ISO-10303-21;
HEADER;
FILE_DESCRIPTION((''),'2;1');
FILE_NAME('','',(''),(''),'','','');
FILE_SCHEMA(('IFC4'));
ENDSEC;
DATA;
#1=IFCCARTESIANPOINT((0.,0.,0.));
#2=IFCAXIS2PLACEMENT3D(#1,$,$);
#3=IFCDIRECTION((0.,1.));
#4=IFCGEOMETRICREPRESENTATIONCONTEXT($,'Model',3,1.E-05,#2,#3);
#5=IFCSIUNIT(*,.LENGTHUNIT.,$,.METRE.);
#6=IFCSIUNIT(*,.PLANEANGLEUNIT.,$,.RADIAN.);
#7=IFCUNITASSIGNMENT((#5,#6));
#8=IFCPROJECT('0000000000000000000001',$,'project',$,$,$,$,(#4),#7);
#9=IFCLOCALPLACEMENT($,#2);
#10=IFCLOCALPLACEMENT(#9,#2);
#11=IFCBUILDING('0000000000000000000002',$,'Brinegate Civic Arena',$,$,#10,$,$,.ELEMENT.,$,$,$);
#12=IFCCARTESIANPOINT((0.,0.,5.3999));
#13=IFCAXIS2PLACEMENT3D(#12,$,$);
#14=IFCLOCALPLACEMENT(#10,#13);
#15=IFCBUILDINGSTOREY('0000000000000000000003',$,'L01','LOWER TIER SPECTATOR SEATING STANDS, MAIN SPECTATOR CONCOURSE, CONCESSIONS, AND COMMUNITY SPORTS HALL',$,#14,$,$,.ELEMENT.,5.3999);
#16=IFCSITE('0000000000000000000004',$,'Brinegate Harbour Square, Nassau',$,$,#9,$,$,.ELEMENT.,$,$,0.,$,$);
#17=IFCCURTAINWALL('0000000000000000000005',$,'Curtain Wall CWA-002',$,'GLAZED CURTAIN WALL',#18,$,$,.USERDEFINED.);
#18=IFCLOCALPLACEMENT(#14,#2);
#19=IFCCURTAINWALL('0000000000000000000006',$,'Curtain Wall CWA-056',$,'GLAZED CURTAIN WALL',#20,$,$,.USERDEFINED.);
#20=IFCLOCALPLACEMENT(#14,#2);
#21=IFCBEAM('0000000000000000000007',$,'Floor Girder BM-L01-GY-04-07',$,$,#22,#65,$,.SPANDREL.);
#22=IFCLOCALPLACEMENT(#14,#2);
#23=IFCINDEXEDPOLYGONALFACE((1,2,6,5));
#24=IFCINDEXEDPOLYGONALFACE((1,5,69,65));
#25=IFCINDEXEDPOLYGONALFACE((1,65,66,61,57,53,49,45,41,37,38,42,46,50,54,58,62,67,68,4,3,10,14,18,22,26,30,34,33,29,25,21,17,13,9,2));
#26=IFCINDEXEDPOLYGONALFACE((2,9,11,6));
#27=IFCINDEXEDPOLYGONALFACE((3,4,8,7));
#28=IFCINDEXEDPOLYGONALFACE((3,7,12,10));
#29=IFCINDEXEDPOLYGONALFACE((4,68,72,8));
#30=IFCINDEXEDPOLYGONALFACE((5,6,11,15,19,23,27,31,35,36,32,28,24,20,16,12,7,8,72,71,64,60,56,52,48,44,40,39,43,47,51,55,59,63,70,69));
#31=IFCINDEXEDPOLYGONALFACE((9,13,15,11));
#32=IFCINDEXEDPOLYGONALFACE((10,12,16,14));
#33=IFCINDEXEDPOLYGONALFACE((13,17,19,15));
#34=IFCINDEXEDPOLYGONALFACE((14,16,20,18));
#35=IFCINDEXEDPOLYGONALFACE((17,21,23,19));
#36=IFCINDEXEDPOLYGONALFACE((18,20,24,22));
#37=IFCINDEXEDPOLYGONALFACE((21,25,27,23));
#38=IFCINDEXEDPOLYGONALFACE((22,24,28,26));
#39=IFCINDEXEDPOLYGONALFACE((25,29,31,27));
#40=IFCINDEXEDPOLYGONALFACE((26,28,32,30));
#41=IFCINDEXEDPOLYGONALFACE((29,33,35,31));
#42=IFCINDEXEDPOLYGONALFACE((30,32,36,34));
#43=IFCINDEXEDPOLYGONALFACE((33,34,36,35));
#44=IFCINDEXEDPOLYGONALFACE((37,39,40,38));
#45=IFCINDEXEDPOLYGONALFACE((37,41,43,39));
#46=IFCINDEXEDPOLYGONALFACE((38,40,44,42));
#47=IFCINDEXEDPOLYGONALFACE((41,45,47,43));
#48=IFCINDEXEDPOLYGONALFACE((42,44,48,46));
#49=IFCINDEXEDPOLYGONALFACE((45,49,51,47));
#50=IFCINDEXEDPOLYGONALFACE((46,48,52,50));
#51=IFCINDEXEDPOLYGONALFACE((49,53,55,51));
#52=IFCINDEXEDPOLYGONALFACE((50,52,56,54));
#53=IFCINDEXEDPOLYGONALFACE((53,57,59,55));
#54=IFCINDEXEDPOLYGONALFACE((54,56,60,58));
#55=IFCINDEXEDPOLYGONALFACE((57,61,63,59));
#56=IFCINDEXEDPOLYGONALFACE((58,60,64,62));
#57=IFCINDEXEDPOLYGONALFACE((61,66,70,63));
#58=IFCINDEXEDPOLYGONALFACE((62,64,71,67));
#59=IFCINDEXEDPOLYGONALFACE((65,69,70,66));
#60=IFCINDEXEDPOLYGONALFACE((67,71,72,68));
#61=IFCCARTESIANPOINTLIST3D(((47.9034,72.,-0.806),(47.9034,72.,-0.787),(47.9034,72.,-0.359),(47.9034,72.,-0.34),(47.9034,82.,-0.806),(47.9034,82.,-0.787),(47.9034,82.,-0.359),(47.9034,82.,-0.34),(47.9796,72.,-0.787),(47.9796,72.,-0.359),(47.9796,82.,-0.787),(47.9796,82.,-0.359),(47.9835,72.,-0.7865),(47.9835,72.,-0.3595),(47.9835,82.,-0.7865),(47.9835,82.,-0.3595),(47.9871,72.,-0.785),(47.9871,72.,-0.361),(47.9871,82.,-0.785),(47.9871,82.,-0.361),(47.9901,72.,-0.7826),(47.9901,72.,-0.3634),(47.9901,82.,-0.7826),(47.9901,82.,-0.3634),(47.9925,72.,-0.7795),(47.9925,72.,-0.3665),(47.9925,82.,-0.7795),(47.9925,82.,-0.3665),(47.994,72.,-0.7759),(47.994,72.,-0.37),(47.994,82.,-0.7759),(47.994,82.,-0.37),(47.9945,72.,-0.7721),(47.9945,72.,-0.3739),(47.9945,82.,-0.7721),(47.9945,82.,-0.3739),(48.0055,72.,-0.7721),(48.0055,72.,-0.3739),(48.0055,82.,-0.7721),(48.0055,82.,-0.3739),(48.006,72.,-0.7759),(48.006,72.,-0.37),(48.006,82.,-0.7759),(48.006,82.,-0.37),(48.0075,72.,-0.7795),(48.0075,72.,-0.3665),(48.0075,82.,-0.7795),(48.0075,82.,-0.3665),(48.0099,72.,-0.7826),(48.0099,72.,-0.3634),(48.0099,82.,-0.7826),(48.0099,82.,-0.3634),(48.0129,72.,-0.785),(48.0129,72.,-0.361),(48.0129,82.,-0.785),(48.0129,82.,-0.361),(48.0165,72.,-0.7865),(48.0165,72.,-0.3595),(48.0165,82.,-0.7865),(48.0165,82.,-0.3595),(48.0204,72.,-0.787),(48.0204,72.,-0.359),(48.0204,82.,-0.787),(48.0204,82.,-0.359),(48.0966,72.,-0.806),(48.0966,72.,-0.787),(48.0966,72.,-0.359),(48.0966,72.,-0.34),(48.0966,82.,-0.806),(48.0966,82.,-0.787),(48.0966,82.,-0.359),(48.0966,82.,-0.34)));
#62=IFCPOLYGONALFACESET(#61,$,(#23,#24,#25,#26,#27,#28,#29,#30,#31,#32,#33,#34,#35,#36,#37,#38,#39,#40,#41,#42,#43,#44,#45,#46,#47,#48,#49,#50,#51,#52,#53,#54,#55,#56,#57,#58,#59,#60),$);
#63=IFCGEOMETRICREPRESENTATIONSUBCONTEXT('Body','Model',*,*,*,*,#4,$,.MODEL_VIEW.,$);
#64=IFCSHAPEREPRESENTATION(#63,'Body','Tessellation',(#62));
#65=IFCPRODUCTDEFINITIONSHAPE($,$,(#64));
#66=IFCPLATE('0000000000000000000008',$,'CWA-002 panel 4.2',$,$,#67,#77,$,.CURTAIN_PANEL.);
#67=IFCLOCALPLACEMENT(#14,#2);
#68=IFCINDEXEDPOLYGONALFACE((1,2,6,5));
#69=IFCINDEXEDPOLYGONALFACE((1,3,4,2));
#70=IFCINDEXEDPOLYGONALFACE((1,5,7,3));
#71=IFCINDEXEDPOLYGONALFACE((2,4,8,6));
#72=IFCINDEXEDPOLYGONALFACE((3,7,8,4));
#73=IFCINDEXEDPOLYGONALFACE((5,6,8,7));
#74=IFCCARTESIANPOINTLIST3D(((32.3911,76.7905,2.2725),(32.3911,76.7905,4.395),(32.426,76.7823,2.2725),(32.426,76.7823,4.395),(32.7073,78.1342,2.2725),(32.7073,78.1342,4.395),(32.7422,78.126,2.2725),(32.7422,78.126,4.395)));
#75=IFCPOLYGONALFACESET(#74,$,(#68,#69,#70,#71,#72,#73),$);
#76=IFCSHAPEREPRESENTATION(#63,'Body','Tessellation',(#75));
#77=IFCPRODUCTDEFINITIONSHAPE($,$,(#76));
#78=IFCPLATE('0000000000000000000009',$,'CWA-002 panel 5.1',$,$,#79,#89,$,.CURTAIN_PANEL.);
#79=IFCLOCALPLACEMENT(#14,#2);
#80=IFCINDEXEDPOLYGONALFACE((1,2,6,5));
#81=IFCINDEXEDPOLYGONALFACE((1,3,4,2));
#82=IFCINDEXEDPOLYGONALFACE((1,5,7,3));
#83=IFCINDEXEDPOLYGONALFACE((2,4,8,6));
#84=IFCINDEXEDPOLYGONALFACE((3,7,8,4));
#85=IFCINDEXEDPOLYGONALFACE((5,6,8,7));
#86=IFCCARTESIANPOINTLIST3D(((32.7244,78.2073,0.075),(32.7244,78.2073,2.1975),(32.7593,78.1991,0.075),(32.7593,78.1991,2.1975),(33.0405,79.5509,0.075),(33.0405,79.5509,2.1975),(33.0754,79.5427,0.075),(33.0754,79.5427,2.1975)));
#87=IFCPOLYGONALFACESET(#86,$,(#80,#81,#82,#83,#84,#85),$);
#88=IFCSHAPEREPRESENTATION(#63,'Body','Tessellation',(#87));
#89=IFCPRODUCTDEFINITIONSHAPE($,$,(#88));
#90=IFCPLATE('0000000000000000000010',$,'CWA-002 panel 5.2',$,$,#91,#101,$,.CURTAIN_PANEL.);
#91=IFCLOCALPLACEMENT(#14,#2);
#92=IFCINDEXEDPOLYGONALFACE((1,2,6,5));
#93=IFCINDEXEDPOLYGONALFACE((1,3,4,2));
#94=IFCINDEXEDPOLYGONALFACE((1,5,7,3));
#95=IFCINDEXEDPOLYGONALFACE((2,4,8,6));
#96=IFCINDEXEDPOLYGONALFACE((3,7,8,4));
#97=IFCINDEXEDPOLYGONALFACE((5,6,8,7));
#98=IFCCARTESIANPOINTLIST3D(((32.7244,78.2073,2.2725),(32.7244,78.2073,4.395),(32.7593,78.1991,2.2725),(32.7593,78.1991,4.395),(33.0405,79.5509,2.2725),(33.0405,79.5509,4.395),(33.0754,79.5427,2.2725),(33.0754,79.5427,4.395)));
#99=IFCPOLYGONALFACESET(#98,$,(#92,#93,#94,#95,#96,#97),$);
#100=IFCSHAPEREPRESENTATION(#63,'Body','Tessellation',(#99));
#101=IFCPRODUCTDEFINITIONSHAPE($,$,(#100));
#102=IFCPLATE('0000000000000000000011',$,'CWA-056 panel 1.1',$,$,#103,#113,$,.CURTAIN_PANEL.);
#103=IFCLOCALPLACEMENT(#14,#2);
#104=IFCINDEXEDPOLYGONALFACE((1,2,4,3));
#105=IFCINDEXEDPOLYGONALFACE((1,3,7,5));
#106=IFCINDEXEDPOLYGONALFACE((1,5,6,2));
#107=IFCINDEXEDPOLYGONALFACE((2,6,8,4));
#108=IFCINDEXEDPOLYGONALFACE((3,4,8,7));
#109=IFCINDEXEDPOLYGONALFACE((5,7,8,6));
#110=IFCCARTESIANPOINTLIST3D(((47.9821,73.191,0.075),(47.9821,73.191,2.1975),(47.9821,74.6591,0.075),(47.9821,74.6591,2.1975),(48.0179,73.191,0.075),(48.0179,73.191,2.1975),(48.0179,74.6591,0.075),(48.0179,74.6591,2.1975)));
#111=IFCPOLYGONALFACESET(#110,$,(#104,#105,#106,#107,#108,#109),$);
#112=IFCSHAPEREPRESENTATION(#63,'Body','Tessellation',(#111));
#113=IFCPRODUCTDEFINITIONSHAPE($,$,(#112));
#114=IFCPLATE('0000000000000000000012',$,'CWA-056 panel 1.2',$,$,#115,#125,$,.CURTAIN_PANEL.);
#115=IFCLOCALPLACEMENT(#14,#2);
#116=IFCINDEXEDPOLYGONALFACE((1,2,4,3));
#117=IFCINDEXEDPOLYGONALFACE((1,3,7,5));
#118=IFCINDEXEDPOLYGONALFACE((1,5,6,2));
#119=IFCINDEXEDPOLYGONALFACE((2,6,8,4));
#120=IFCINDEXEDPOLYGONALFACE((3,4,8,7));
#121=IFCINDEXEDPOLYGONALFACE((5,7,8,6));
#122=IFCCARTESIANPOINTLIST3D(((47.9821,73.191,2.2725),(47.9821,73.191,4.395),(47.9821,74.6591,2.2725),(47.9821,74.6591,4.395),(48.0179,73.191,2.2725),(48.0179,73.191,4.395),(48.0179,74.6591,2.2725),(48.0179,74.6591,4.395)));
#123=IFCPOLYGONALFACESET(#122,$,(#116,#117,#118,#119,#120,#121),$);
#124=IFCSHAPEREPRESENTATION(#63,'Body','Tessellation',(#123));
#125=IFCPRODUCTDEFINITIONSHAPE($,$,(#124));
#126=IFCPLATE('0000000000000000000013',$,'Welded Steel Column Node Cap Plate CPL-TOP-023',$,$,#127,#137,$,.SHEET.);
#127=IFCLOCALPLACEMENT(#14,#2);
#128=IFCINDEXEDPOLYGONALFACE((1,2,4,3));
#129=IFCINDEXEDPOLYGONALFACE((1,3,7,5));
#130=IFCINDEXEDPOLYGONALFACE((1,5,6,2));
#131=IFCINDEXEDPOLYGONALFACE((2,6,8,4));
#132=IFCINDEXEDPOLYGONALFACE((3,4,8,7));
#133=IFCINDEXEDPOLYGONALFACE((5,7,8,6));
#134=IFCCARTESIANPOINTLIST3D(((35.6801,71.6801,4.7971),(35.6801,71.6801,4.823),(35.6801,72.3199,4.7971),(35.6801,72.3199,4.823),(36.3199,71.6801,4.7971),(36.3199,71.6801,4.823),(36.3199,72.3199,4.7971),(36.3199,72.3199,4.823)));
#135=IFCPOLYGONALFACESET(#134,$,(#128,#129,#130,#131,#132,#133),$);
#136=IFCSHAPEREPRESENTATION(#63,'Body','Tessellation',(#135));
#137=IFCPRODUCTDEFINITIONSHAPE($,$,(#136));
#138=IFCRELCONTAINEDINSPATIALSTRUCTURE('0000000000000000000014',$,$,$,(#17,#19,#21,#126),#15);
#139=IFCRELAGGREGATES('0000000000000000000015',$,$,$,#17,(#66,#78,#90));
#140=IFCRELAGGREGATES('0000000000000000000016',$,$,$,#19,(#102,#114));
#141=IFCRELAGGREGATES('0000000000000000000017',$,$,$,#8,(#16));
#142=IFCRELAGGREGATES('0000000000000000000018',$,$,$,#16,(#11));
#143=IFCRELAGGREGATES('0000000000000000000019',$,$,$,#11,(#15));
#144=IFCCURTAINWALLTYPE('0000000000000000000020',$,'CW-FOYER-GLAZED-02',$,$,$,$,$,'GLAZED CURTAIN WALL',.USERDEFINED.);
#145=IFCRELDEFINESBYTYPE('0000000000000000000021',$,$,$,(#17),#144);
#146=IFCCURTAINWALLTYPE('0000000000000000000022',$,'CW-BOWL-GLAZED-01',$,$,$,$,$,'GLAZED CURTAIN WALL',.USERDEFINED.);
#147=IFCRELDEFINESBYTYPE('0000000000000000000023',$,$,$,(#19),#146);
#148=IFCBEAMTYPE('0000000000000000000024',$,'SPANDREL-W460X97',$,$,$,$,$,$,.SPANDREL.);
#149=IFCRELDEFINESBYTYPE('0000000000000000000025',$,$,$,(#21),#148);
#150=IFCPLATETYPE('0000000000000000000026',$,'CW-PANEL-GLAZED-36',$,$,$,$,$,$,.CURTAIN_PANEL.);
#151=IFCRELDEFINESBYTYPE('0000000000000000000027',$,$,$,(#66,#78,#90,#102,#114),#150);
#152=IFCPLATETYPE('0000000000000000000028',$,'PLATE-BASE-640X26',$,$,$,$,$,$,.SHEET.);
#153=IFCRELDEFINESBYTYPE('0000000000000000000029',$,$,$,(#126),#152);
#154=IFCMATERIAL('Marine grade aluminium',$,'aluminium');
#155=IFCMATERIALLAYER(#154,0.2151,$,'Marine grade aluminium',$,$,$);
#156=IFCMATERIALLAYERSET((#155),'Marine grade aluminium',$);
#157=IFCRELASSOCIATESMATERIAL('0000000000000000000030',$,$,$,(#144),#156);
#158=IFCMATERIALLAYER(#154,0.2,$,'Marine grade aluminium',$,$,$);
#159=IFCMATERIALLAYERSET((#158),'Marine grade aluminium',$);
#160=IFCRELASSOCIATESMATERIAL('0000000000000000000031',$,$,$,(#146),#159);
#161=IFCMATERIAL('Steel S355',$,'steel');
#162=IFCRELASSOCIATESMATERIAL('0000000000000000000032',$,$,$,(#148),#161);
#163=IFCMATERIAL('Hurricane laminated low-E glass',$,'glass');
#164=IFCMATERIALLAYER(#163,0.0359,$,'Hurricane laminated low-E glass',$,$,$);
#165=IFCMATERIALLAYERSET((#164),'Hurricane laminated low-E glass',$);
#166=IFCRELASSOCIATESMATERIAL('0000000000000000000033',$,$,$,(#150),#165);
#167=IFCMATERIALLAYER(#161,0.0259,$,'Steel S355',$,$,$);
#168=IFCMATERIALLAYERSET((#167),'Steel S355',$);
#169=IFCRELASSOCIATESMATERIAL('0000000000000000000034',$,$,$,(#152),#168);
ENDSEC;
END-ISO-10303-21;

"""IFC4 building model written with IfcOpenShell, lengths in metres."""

from ifc_helpers import new_model, si_unit, direction, frame, origin, origin_2d, place, context, subcontext, project, spatial, rectangle, i_section, extrude, material, layer, layer_set, material_profile, profile_set, type_object, element, aggregate, save


model = new_model("IFC4")

# Units and contexts
model_context = context("Model", 3, precision=1e-05, world=origin(), true_north=direction((0.0, 1.0)))
body_context = subcontext(model_context, "Body", "Model", "MODEL_VIEW")
ifc_project = project(units=[si_unit("LENGTHUNIT", "METRE"), si_unit("PLANEANGLEUNIT", "RADIAN")], contexts=[model_context])

# Site, building, storey
site_placement = place(None, origin())
site = spatial("IfcSite", under=ifc_project, at=site_placement, Name="Brinegate Harbour Square, Nassau", CompositionType="ELEMENT", RefElevation=0.0)
building_placement = place(site_placement, origin())
building = spatial("IfcBuilding", under=site, at=building_placement, Name="Brinegate Civic Arena", CompositionType="ELEMENT")
storey_placement = place(building_placement, frame((0.0, 0.0, 5.3999)))
storey = spatial("IfcBuildingStorey", under=building, at=storey_placement, Name="L01", Description="LOWER TIER SPECTATOR SEATING STANDS, MAIN SPECTATOR CONCOURSE, CONCESSIONS, AND COMMUNITY SPORTS HALL", CompositionType="ELEMENT", Elevation=5.3999)

# Curtain wall
ifc_material_1 = material(Name="Marine grade aluminium", Category="aluminium")
ifc_layer_1 = layer(ifc_material_1, 0.2151, Name="Marine grade aluminium")
ifc_layer_set_1 = layer_set([ifc_layer_1], Name="Marine grade aluminium")
curtain_wall_type_1 = type_object("IfcCurtainWallType", Name="CW-FOYER-GLAZED-02", ElementType="GLAZED CURTAIN WALL", PredefinedType="USERDEFINED", material=ifc_layer_set_1)
curtain_wall_1_placement = place(storey_placement, origin())
curtain_wall_1 = element("IfcCurtainWall", 1, at=curtain_wall_1_placement, inside=storey, type_object=curtain_wall_type_1, Name="Curtain Wall CWA-002", ObjectType="GLAZED CURTAIN WALL", PredefinedType="USERDEFINED")

# Curtain wall
ifc_layer_2 = layer(ifc_material_1, 0.2, Name="Marine grade aluminium")
ifc_layer_set_2 = layer_set([ifc_layer_2], Name="Marine grade aluminium")
curtain_wall_type_2 = type_object("IfcCurtainWallType", Name="CW-BOWL-GLAZED-01", ElementType="GLAZED CURTAIN WALL", PredefinedType="USERDEFINED", material=ifc_layer_set_2)
curtain_wall_2_placement = place(storey_placement, origin())
curtain_wall_2 = element("IfcCurtainWall", 2, at=curtain_wall_2_placement, inside=storey, type_object=curtain_wall_type_2, Name="Curtain Wall CWA-056", ObjectType="GLAZED CURTAIN WALL", PredefinedType="USERDEFINED")

# Beam
ifc_material_2 = material(Name="Steel S355", Category="steel")
ifc_material_profile_1 = material_profile(ifc_material_2, i_section(OverallWidth=0.1931, OverallDepth=0.4661, WebThickness=0.011, FlangeThickness=0.019, FilletRadius=0.0149, at=origin_2d()), Name="W460X97")
ifc_profile_set_1 = profile_set([ifc_material_profile_1], Name="Steel S355")
beam_type_1 = type_object("IfcBeamType", Name="SPANDREL-W460X97", PredefinedType="SPANDREL", material=ifc_profile_set_1)
beam_1_placement = place(storey_placement, frame((48.0, 72.0, -0.573), z_axis=(0.0, 1.0, 0.0), x_axis=(-1.0, 0.0, 0.0)))
element("IfcBeam", 3, at=beam_1_placement, inside=storey, type_object=beam_type_1, Name="Floor Girder BM-L01-GY-04-07", PredefinedType="SPANDREL", context=body_context, shape_type="SweptSolid", body=[
    extrude(i_section(OverallWidth=0.1931, OverallDepth=0.4661, WebThickness=0.011, FlangeThickness=0.019, FilletRadius=0.0149, at=origin_2d()), origin(), (0.0, 0.0, 1.0), 10.0),
])

# Plates
ifc_material_3 = material(Name="Hurricane laminated low-E glass", Category="glass")
ifc_layer_3 = layer(ifc_material_3, 0.0359, Name="Hurricane laminated low-E glass")
ifc_layer_set_3 = layer_set([ifc_layer_3], Name="Hurricane laminated low-E glass")
plate_type_1 = type_object("IfcPlateType", Name="CW-PANEL-GLAZED-36", PredefinedType="CURTAIN_PANEL", material=ifc_layer_set_3)
plate_1_placement = place(storey_placement, frame((32.5667, 77.4583, 2.2725), z_axis=(0.0, 0.0, 1.0), x_axis=(0.229039, 0.973417, 0.0)))
plate_1 = element("IfcPlate", 4, at=plate_1_placement, type_object=plate_type_1, Name="CWA-002 panel 4.2", PredefinedType="CURTAIN_PANEL", context=body_context, shape_type="SweptSolid", body=[
    extrude(rectangle(XDim=1.3804, YDim=0.0359, at=origin_2d()), origin(), (0.0, 0.0, 1.0), 2.1226),
])
plate_2_placement = place(storey_placement, frame((32.8999, 78.875, 0.075), z_axis=(0.0, 0.0, 1.0), x_axis=(0.229039, 0.973417, 0.0)))
plate_2 = element("IfcPlate", 5, at=plate_2_placement, type_object=plate_type_1, Name="CWA-002 panel 5.1", PredefinedType="CURTAIN_PANEL", context=body_context, shape_type="SweptSolid", body=[
    extrude(rectangle(XDim=1.3804, YDim=0.0359, at=origin_2d()), origin(), (0.0, 0.0, 1.0), 2.1226),
])
plate_3_placement = place(storey_placement, frame((32.8999, 78.875, 2.2725), z_axis=(0.0, 0.0, 1.0), x_axis=(0.229039, 0.973417, 0.0)))
plate_3 = element("IfcPlate", 6, at=plate_3_placement, type_object=plate_type_1, Name="CWA-002 panel 5.2", PredefinedType="CURTAIN_PANEL", context=body_context, shape_type="SweptSolid", body=[
    extrude(rectangle(XDim=1.3804, YDim=0.0359, at=origin_2d()), origin(), (0.0, 0.0, 1.0), 2.1226),
])
aggregate(curtain_wall_1, [plate_1, plate_2, plate_3])
plate_4_placement = place(storey_placement, frame((48.0, 73.925, 0.075), z_axis=(0.0, 0.0, 1.0), x_axis=(0.0, 1.0, 0.0)))
plate_4 = element("IfcPlate", 7, at=plate_4_placement, type_object=plate_type_1, Name="CWA-056 panel 1.1", PredefinedType="CURTAIN_PANEL", context=body_context, shape_type="SweptSolid", body=[
    extrude(rectangle(XDim=1.468, YDim=0.0359, at=origin_2d()), origin(), (0.0, 0.0, 1.0), 2.1226),
])
plate_5_placement = place(storey_placement, frame((48.0, 73.925, 2.2725), z_axis=(0.0, 0.0, 1.0), x_axis=(0.0, 1.0, 0.0)))
plate_5 = element("IfcPlate", 8, at=plate_5_placement, type_object=plate_type_1, Name="CWA-056 panel 1.2", PredefinedType="CURTAIN_PANEL", context=body_context, shape_type="SweptSolid", body=[
    extrude(rectangle(XDim=1.468, YDim=0.0359, at=origin_2d()), origin(), (0.0, 0.0, 1.0), 2.1226),
])
aggregate(curtain_wall_2, [plate_4, plate_5])
ifc_layer_4 = layer(ifc_material_2, 0.0259, Name="Steel S355")
ifc_layer_set_4 = layer_set([ifc_layer_4], Name="Steel S355")
plate_type_2 = type_object("IfcPlateType", Name="PLATE-BASE-640X26", PredefinedType="SHEET", material=ifc_layer_set_4)
plate_6_placement = place(storey_placement, frame((36.0, 72.0, 4.7971), z_axis=(0.0, 0.0, 1.0), x_axis=(1.0, 0.0, 0.0)))
element("IfcPlate", 9, at=plate_6_placement, inside=storey, type_object=plate_type_2, Name="Welded Steel Column Node Cap Plate CPL-TOP-023", PredefinedType="SHEET", context=body_context, shape_type="SweptSolid", body=[
    extrude(rectangle(XDim=0.6399, YDim=0.6399, at=origin_2d()), origin(), (0.0, 0.0, 1.0), 0.0259),
])

save(model, "model.ifc")
